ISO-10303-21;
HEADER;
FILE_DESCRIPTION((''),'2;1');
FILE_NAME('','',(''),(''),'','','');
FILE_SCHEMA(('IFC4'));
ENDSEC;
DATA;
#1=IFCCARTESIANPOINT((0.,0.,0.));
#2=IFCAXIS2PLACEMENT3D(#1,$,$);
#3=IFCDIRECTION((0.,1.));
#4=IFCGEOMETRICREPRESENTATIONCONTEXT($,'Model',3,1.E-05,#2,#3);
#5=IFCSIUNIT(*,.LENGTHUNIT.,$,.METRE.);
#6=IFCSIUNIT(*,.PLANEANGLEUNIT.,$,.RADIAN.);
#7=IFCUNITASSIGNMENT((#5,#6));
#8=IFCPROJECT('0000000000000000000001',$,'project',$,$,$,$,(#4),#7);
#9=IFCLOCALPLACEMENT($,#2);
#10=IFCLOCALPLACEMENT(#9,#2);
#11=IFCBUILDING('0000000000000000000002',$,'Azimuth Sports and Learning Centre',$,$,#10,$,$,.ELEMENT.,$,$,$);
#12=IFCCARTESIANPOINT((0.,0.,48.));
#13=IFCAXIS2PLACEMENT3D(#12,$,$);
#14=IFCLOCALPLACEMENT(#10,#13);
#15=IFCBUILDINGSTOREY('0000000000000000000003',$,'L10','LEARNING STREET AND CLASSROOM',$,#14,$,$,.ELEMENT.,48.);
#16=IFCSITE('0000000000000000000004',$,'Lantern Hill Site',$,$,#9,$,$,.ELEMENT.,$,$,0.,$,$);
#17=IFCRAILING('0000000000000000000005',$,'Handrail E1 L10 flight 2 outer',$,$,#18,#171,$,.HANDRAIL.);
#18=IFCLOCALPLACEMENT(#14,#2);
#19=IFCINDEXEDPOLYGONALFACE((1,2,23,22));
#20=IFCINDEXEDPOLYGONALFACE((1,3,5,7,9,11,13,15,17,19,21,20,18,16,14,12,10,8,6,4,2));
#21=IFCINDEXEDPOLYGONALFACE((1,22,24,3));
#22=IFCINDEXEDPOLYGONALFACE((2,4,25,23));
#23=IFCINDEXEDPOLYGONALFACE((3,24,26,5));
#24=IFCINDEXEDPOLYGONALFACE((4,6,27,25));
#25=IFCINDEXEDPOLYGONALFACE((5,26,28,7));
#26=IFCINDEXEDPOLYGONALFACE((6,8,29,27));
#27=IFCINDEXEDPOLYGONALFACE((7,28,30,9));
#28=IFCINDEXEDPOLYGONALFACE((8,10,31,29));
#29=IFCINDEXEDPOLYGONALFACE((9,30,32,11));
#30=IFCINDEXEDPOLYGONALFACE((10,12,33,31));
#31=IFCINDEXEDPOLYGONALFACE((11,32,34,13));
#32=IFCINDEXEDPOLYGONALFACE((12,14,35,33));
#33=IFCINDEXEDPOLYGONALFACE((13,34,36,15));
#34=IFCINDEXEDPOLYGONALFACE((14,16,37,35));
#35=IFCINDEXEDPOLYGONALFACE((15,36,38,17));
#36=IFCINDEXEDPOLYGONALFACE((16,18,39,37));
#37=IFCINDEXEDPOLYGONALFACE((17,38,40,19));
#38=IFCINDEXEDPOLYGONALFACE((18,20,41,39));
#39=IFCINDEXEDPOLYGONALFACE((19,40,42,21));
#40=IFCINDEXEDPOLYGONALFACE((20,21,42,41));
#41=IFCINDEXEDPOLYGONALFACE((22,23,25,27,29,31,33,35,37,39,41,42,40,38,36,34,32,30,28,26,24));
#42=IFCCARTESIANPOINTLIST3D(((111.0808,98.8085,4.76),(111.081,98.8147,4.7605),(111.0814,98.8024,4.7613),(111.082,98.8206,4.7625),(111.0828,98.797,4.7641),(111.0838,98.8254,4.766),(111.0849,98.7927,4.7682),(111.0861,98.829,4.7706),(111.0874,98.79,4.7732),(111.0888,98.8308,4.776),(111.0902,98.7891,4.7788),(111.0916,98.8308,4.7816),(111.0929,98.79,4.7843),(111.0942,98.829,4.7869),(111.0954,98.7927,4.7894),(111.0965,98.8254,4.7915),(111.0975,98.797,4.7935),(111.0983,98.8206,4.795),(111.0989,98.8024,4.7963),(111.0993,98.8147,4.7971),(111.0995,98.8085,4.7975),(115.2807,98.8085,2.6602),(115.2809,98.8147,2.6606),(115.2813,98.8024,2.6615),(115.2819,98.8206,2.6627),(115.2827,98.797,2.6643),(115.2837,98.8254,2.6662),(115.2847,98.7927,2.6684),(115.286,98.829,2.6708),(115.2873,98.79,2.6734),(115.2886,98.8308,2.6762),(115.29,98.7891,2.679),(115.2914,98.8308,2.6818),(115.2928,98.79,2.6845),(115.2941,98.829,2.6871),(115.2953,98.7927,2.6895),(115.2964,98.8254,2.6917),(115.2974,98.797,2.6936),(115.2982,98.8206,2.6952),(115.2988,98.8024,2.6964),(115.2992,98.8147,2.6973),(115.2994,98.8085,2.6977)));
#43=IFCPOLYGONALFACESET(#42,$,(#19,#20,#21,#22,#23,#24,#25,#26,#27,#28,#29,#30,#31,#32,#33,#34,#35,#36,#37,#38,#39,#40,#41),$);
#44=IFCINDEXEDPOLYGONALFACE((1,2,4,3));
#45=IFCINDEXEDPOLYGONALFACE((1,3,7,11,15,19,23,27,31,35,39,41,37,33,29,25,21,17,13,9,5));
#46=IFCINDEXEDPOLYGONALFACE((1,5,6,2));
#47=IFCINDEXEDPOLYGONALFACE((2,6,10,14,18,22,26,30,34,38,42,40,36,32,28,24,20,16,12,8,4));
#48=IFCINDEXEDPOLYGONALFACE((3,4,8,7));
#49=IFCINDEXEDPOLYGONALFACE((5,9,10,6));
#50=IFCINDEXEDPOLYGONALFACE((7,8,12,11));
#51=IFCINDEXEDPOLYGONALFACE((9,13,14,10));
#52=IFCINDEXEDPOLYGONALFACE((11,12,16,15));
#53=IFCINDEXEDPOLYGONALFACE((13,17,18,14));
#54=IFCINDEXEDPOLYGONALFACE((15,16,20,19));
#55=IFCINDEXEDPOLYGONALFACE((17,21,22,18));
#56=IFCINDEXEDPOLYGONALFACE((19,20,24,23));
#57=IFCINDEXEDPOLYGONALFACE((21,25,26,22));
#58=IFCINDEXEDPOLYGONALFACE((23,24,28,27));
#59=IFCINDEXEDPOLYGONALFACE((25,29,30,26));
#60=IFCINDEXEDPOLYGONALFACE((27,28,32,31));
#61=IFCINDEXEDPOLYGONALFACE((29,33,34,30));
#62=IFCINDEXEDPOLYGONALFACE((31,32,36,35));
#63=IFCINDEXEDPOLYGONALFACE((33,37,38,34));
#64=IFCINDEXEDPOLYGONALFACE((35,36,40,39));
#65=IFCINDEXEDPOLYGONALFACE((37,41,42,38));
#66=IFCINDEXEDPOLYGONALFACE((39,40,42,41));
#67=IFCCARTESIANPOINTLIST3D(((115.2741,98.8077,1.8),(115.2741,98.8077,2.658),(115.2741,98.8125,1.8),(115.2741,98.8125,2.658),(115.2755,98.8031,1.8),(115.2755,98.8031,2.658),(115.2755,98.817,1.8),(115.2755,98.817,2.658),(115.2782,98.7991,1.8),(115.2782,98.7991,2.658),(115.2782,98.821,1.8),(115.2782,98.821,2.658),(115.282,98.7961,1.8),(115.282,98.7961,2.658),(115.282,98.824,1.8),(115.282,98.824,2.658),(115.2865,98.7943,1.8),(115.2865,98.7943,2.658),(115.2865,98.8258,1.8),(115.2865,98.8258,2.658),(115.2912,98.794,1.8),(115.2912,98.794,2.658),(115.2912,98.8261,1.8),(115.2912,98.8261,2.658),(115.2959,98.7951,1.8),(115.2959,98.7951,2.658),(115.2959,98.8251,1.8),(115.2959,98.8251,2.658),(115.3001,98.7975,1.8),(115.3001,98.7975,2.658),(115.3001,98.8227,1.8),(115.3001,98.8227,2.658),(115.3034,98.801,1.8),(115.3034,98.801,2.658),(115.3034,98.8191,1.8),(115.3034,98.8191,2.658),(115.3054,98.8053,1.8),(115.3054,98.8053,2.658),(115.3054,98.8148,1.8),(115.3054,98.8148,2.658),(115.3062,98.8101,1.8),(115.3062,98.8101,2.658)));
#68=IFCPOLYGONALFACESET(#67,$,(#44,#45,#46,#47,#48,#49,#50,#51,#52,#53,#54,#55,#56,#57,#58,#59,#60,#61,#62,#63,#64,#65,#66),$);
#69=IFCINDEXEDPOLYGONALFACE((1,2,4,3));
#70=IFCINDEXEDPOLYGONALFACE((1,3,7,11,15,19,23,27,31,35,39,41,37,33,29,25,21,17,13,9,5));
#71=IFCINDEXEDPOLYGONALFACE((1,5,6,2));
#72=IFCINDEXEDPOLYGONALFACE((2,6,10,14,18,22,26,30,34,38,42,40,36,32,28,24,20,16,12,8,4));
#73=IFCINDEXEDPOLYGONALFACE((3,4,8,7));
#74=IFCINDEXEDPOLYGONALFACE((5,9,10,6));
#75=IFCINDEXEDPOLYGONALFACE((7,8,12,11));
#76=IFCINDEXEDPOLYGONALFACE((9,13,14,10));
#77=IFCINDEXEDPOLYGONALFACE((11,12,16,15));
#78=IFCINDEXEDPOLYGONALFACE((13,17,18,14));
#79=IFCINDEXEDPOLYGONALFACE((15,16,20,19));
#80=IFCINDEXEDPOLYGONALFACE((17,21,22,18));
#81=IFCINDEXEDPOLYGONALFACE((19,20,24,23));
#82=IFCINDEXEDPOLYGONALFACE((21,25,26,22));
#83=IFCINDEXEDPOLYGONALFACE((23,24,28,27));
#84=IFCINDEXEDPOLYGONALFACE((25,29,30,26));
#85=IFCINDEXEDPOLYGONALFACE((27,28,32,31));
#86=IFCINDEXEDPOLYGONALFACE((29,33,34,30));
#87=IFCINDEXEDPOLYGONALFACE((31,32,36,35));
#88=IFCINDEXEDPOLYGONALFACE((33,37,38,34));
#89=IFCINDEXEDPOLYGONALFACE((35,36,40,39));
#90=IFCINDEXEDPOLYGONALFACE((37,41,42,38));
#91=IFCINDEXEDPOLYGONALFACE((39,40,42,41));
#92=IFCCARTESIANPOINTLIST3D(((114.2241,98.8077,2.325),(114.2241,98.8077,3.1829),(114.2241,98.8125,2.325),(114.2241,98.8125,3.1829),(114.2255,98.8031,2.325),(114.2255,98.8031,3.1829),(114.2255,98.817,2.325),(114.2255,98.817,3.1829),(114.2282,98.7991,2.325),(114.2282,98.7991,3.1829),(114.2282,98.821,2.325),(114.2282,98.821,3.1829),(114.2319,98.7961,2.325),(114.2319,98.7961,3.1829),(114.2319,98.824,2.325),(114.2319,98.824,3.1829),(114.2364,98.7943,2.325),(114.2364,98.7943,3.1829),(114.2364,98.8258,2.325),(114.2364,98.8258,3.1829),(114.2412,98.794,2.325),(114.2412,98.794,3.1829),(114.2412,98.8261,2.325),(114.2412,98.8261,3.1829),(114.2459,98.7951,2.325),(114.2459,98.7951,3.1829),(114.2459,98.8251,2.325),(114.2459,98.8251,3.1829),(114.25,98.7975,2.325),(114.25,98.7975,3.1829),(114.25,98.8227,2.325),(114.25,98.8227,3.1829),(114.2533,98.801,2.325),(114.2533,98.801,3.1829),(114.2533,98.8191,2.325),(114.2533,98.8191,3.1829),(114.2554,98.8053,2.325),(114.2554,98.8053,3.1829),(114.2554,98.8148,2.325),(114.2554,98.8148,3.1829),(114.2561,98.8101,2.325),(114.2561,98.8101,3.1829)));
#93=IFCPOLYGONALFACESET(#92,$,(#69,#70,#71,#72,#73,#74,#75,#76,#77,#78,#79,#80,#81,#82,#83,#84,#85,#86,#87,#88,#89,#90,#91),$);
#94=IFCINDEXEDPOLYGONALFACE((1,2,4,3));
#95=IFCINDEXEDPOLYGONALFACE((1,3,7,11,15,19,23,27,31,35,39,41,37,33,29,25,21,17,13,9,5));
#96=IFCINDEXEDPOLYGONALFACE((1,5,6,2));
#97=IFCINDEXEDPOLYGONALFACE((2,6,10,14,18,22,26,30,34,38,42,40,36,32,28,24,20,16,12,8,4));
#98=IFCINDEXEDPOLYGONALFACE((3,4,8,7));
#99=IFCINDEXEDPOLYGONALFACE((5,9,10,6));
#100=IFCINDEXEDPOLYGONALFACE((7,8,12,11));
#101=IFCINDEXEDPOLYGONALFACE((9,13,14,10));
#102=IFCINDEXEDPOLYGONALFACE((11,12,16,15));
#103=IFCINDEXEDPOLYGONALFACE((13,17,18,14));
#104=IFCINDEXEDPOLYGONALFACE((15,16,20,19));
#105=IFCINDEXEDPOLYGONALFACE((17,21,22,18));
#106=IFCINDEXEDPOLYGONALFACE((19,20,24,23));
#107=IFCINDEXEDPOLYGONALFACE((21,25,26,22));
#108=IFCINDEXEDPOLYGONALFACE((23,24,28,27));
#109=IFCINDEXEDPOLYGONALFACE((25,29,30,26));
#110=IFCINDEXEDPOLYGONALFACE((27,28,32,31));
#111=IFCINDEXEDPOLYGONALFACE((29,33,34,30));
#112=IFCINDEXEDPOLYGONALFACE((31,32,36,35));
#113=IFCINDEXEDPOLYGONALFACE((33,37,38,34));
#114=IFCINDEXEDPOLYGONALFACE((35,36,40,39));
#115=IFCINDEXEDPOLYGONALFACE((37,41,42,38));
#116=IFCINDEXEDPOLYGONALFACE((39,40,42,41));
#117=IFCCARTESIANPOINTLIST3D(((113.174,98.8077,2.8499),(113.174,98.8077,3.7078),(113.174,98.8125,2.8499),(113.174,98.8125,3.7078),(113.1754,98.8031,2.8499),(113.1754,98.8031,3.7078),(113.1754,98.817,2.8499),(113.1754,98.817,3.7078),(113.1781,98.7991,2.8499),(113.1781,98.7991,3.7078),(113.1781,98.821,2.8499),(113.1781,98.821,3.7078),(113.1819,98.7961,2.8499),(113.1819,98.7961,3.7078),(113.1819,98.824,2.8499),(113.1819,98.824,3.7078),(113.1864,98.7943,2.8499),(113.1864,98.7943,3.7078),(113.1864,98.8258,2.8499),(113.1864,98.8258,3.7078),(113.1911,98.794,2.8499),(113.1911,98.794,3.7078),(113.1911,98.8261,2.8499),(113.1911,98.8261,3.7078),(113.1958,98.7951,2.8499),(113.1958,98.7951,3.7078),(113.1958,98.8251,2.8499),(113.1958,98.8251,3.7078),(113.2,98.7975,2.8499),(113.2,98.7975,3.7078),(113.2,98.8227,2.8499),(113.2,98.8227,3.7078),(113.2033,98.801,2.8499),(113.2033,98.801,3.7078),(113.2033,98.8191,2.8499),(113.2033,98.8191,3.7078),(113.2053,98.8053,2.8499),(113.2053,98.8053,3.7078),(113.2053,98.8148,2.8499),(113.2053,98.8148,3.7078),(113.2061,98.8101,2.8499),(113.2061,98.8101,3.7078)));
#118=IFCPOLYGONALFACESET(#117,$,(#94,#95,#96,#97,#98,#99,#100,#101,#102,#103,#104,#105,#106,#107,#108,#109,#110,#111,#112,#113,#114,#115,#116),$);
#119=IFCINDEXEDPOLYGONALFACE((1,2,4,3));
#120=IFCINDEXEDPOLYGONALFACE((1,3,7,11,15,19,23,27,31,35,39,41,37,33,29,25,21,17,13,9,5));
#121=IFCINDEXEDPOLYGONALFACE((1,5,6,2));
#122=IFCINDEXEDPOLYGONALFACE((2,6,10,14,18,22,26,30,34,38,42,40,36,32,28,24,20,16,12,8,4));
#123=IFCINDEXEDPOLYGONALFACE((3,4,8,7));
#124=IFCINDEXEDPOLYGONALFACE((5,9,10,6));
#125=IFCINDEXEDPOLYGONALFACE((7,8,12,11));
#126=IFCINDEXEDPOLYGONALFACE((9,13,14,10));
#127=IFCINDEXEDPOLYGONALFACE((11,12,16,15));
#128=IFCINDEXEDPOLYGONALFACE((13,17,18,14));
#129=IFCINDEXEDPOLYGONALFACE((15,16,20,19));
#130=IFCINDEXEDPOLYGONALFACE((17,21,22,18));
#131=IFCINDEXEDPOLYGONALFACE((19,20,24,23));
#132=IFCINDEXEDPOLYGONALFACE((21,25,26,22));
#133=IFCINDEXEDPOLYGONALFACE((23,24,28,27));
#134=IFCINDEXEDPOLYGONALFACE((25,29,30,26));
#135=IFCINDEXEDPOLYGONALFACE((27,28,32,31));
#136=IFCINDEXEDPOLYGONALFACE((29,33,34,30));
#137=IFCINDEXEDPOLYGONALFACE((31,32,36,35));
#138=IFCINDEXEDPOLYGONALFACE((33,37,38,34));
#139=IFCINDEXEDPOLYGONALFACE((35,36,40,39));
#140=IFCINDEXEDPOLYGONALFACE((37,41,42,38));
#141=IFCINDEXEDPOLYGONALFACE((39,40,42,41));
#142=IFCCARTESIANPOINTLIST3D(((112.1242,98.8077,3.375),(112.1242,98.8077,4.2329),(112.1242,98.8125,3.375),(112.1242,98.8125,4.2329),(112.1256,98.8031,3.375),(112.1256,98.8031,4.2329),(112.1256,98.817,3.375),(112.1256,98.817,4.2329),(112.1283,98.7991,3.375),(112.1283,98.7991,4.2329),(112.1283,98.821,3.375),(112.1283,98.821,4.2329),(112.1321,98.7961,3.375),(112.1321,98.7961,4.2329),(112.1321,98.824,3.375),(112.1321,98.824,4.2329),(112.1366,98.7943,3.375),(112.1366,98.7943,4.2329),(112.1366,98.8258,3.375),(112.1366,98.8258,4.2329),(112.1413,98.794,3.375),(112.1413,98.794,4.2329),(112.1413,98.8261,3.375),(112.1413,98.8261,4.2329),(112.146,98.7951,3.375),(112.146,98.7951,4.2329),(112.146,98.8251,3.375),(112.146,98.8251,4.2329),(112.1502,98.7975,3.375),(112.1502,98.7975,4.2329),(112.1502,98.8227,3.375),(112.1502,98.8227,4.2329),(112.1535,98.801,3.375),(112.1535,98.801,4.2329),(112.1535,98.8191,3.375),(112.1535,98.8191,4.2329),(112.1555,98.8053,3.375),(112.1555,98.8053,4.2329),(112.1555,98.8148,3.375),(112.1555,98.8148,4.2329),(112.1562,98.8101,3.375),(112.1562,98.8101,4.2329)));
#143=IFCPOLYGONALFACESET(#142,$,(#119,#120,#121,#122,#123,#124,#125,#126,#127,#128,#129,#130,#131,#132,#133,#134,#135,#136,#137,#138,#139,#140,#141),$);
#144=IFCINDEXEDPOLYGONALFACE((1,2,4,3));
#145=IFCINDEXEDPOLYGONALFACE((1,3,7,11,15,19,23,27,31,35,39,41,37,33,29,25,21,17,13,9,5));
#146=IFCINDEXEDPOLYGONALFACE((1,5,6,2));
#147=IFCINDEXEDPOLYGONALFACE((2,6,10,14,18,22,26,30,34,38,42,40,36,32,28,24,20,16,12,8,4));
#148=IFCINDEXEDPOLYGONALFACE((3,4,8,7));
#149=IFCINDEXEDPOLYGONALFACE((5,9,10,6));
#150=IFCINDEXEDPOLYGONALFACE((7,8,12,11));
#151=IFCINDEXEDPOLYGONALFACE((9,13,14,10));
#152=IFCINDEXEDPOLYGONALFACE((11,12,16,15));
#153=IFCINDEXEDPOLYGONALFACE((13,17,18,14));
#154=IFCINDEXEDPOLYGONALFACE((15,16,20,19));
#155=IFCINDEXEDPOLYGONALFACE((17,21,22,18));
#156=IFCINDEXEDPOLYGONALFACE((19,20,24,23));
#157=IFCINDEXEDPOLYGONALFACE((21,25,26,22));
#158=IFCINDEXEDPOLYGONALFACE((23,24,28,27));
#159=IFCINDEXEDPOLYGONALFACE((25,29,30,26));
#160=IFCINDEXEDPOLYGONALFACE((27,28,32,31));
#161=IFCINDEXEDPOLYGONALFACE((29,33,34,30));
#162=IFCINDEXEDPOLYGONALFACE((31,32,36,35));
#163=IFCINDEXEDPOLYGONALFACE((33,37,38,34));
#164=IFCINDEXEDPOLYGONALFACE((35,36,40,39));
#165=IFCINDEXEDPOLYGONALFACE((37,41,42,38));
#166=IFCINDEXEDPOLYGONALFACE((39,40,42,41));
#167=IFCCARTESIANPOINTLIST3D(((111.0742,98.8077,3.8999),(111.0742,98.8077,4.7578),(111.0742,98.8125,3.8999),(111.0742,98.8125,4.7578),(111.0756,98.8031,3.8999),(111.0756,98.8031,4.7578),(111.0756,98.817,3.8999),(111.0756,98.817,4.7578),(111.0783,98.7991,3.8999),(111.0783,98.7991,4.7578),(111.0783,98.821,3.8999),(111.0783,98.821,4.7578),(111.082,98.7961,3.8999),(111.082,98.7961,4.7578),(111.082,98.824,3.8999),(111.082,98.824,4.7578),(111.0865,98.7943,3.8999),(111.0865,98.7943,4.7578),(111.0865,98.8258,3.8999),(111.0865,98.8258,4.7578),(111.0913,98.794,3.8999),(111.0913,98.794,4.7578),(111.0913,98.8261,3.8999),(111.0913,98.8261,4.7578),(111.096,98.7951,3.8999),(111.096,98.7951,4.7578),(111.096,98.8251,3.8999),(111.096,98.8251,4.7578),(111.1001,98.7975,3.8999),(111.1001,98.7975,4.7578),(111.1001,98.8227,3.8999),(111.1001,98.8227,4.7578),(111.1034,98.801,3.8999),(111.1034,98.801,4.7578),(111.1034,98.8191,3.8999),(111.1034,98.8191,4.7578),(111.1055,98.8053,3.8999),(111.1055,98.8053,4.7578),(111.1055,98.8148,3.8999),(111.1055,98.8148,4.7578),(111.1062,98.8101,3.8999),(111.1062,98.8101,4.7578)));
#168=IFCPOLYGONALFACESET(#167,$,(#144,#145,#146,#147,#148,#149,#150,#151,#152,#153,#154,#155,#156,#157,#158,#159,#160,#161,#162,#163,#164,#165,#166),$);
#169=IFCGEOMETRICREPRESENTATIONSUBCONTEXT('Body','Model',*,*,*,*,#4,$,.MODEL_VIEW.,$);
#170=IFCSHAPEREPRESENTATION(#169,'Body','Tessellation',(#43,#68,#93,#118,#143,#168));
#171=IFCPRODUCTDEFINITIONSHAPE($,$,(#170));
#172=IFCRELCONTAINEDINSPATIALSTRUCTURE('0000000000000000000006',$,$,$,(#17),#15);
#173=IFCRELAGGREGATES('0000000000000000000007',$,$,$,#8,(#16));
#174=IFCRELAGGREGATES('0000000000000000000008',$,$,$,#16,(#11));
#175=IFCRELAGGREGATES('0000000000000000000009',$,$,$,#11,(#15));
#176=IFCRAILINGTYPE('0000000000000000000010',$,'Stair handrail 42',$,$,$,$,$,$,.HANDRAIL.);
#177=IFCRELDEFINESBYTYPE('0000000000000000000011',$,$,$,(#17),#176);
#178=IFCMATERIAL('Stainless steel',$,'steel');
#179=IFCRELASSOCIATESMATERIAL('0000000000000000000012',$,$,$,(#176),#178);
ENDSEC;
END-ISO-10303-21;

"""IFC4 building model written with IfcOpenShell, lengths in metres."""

from ifc_helpers import new_model, si_unit, direction, frame, origin, origin_2d, place, context, subcontext, project, spatial, circle, extrude, material, type_object, element, save


model = new_model("IFC4")

# Units and contexts
model_context = context("Model", 3, precision=1e-05, world=origin(), true_north=direction((0.0, 1.0)))
body_context = subcontext(model_context, "Body", "Model", "MODEL_VIEW")
ifc_project = project(units=[si_unit("LENGTHUNIT", "METRE"), si_unit("PLANEANGLEUNIT", "RADIAN")], contexts=[model_context])

# Site, building, storey
site_placement = place(None, origin())
site = spatial("IfcSite", under=ifc_project, at=site_placement, Name="Lantern Hill Site", CompositionType="ELEMENT", RefElevation=0.0)
building_placement = place(site_placement, origin())
building = spatial("IfcBuilding", under=site, at=building_placement, Name="Azimuth Sports and Learning Centre", CompositionType="ELEMENT")
storey_placement = place(building_placement, frame((0.0, 0.0, 48.0)))
storey = spatial("IfcBuildingStorey", under=building, at=storey_placement, Name="L10", Description="LEARNING STREET AND CLASSROOM", CompositionType="ELEMENT", Elevation=48.0)

# Railing
ifc_material_1 = material(Name="Stainless steel", Category="steel")
railing_type_1 = type_object("IfcRailingType", Name="Stair handrail 42", PredefinedType="HANDRAIL", material=ifc_material_1)
for number, where, name in (
    (1, (115.29, 98.8101, 1.8), "Handrail E1 L10 flight 2 outer"),
):
    element("IfcRailing", number, at=place(storey_placement, frame(where)), inside=storey, type_object=railing_type_1, Name=name, PredefinedType="HANDRAIL", context=body_context, shape_type="SweptSolid", body=[
        extrude(circle(Radius=0.021, at=origin_2d()), frame((0.0, 0.0, 0.8789), z_axis=(-0.894438, 0.0, 0.447193), x_axis=(0.0, -1.0, 0.0)), (0.0, 0.0, 1.0), 4.6956),
        extrude(circle(Radius=0.0161, at=origin_2d()), origin(), (0.0, 0.0, 1.0), 0.8579),
        extrude(circle(Radius=0.0161, at=origin_2d()), frame((-1.05, 0.0, 0.5249)), (0.0, 0.0, 1.0), 0.8579),
        extrude(circle(Radius=0.0161, at=origin_2d()), frame((-2.1001, 0.0, 1.0498)), (0.0, 0.0, 1.0), 0.8579),
        extrude(circle(Radius=0.0161, at=origin_2d()), frame((-3.1499, 0.0, 1.575)), (0.0, 0.0, 1.0), 0.8579),
        extrude(circle(Radius=0.0161, at=origin_2d()), frame((-4.2, 0.0, 2.0999)), (0.0, 0.0, 1.0), 0.8579),
    ])

save(model, "model.ifc")
